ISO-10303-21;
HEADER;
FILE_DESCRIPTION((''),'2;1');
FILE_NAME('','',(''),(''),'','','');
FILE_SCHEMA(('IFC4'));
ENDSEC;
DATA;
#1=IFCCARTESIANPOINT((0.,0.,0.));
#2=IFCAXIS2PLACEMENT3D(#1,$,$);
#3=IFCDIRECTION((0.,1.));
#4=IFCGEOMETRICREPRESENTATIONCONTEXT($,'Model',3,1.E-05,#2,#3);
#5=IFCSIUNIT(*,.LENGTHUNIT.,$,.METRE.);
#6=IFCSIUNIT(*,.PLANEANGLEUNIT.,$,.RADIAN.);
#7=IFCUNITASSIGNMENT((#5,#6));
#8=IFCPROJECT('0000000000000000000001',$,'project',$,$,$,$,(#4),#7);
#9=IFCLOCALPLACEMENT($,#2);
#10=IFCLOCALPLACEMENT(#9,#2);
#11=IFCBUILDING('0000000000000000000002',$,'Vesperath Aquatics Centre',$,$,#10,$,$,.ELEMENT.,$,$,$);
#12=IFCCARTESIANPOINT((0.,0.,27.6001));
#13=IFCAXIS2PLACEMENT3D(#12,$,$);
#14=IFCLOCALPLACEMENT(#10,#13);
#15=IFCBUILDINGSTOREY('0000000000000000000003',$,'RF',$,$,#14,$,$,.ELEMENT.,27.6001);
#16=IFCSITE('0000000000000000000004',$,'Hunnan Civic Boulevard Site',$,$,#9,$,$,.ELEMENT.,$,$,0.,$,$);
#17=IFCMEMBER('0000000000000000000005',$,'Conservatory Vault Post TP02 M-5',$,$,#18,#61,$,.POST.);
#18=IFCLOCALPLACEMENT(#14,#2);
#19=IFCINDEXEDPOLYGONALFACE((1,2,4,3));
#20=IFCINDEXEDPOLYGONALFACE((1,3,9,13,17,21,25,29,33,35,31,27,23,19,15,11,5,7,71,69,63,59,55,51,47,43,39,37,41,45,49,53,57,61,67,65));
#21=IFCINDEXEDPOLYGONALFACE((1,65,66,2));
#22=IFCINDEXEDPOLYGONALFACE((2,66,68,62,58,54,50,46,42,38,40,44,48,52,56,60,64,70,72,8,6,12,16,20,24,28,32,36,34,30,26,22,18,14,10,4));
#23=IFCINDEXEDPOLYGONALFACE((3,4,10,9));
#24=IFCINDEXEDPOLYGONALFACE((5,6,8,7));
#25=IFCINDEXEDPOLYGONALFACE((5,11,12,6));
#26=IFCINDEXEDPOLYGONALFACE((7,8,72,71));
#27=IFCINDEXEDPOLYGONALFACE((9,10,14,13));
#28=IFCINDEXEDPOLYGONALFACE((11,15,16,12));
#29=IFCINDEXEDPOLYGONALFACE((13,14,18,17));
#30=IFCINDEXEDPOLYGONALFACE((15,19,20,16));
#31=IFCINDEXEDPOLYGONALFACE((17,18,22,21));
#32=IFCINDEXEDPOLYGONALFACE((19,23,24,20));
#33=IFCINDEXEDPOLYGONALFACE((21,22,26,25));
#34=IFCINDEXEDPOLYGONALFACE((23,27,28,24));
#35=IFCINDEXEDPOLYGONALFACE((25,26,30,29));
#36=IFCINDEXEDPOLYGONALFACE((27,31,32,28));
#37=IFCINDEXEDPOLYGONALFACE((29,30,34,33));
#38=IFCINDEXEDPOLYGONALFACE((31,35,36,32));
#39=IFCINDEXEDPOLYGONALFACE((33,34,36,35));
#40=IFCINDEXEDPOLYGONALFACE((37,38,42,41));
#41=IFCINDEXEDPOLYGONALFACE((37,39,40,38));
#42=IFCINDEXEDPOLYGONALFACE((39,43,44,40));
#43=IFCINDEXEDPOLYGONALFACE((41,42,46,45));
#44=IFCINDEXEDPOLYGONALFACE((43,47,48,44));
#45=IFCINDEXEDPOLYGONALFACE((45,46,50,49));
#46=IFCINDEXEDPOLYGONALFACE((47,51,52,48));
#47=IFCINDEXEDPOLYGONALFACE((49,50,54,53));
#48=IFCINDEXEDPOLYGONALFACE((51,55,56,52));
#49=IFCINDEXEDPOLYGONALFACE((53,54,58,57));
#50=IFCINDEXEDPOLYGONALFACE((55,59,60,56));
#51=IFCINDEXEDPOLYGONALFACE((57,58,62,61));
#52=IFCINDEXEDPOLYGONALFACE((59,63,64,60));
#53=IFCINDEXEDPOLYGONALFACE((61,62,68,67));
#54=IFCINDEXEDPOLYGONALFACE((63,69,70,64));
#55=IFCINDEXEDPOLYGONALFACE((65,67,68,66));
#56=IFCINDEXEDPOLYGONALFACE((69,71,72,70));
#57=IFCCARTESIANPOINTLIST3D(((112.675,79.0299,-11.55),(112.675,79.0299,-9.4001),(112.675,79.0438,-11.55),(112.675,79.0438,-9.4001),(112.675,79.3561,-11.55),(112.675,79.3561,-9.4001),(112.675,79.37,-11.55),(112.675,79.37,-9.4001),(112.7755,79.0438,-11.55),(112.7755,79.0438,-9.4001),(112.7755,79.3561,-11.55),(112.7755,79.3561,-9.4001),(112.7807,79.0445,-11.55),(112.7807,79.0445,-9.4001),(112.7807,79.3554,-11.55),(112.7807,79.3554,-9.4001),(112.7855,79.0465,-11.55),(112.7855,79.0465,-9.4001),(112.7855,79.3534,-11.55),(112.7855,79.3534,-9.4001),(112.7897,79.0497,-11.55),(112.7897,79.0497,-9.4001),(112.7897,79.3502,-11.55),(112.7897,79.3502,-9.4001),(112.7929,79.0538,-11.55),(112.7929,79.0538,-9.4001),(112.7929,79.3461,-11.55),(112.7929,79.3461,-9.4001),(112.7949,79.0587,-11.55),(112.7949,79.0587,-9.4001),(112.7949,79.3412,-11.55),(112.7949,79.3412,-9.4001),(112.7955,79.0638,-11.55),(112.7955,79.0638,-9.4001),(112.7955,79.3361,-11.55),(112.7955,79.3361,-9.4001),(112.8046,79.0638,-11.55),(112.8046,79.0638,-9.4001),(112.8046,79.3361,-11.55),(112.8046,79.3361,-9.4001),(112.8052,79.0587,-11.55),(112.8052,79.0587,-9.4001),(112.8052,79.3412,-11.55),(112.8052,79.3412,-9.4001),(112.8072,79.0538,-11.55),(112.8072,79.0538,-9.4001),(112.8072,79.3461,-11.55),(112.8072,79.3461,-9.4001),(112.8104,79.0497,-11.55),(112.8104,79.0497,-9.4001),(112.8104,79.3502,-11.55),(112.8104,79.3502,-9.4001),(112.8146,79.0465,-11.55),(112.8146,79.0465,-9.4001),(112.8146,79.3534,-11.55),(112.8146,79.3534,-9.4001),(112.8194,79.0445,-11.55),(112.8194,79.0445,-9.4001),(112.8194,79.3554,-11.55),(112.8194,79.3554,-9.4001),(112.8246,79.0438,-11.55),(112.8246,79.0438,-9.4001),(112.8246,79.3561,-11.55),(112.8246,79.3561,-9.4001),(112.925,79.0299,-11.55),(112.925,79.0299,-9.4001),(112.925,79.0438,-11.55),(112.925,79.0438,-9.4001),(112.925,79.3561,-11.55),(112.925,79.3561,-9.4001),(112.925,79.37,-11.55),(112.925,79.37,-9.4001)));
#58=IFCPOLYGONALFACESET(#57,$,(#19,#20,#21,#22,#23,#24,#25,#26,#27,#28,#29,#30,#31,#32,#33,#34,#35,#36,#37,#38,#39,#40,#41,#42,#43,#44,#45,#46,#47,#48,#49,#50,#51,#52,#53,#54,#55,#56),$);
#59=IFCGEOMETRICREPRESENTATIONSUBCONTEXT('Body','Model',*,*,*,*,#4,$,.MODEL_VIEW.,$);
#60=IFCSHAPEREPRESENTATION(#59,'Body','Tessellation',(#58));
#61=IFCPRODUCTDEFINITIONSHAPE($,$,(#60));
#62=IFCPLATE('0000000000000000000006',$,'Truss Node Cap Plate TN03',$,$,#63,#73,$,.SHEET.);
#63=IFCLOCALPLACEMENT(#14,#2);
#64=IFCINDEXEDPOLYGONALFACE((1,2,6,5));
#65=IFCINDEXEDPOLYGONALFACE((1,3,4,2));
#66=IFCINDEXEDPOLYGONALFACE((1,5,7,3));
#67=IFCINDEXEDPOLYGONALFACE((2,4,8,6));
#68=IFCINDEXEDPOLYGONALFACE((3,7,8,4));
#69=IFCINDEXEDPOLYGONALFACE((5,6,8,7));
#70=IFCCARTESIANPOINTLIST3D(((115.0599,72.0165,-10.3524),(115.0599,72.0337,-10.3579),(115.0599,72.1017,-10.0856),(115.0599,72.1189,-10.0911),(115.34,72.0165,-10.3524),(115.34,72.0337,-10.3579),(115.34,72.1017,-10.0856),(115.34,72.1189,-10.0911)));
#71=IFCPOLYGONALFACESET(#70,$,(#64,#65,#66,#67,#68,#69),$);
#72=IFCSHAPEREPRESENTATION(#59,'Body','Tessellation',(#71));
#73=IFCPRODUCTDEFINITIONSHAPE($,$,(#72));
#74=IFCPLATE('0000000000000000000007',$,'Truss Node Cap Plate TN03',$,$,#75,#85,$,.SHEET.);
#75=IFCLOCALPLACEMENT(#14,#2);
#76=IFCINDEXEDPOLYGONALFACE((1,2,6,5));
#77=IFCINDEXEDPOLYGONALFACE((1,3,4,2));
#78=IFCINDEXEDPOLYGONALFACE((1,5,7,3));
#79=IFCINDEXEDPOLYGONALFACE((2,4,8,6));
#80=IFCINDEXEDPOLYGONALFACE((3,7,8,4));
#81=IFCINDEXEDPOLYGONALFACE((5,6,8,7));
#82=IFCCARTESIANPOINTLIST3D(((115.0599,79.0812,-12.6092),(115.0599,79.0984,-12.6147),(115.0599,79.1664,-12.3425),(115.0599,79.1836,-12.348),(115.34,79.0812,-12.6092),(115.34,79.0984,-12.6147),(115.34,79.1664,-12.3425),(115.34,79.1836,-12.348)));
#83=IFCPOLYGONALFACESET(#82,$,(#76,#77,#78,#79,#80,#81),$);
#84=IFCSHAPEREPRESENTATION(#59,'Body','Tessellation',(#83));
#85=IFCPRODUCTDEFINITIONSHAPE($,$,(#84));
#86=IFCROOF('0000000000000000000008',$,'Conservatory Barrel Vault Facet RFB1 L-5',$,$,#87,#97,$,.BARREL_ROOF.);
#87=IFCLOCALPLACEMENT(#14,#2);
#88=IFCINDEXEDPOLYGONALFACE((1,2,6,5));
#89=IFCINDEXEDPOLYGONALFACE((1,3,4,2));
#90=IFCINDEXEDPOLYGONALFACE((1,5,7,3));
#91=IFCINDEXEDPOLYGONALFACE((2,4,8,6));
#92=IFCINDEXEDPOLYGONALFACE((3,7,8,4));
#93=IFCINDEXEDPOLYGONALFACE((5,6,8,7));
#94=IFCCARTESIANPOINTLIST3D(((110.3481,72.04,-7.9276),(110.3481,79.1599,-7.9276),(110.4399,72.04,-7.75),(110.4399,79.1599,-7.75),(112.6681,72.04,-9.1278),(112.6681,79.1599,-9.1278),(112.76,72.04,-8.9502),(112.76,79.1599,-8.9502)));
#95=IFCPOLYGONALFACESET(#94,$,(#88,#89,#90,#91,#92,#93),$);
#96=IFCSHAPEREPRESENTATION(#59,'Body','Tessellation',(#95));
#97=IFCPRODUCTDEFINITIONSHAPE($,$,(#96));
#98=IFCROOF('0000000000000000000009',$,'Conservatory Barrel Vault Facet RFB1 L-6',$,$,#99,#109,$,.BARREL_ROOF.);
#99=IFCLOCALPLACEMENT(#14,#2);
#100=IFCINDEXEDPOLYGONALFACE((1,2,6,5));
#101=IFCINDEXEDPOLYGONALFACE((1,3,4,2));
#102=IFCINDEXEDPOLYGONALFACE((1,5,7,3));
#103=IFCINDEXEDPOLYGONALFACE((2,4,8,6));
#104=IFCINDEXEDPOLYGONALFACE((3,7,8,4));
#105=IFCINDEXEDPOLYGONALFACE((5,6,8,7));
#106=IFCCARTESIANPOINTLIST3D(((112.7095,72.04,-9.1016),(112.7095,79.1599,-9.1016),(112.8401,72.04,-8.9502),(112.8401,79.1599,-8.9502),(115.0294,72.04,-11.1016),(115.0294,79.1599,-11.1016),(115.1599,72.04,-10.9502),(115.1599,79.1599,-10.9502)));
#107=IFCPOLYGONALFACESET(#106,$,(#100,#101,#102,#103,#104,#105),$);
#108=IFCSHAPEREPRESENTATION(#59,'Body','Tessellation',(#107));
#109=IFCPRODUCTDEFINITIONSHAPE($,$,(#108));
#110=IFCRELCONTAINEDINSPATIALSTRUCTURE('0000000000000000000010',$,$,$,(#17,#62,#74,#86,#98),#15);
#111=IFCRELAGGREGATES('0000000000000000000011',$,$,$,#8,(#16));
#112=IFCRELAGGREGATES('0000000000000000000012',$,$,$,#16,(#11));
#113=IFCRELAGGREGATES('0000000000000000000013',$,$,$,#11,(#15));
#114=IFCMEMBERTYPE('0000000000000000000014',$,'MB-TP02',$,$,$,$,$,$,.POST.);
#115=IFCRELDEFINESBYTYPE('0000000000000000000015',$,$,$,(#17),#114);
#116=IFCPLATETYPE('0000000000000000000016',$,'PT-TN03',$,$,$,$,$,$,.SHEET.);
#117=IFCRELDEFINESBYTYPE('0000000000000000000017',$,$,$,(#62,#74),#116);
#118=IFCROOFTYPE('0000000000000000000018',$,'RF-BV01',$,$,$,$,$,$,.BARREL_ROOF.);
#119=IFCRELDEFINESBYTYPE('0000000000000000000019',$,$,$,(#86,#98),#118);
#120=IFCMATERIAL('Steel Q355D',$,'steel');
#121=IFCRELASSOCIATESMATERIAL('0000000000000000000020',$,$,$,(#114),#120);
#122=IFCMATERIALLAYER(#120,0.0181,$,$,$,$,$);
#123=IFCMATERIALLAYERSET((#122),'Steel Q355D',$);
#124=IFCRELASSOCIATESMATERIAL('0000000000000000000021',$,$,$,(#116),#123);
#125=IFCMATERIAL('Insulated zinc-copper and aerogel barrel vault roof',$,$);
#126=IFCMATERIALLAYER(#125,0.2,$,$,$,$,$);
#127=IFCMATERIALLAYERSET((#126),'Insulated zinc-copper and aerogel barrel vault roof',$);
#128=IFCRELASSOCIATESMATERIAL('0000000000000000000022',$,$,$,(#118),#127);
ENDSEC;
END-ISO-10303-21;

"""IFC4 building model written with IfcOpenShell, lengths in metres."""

from ifc_helpers import new_model, si_unit, direction, frame, origin, origin_2d, place, context, subcontext, project, spatial, polyline, rectangle, i_section, outline, extrude, material, layer, layer_set, material_profile, profile_set, type_object, element, save


model = new_model("IFC4")

# Units and contexts
model_context = context("Model", 3, precision=1e-05, world=origin(), true_north=direction((0.0, 1.0)))
body_context = subcontext(model_context, "Body", "Model", "MODEL_VIEW")
ifc_project = project(units=[si_unit("LENGTHUNIT", "METRE"), si_unit("PLANEANGLEUNIT", "RADIAN")], contexts=[model_context])

# Site, building, storey
site_placement = place(None, origin())
site = spatial("IfcSite", under=ifc_project, at=site_placement, Name="Hunnan Civic Boulevard Site", CompositionType="ELEMENT", RefElevation=0.0)
building_placement = place(site_placement, origin())
building = spatial("IfcBuilding", under=site, at=building_placement, Name="Vesperath Aquatics Centre", CompositionType="ELEMENT")
storey_placement = place(building_placement, frame((0.0, 0.0, 27.6001)))
storey = spatial("IfcBuildingStorey", under=building, at=storey_placement, Name="RF", CompositionType="ELEMENT", Elevation=27.6001)

# Member
ifc_material_1 = material(Name="Steel Q355D", Category="steel")
ifc_material_profile_1 = material_profile(ifc_material_1, i_section(OverallWidth=0.25, OverallDepth=0.3401, WebThickness=0.009, FlangeThickness=0.0139, FilletRadius=0.02, at=origin_2d()), Name="HM 340x250x9x14")
ifc_profile_set_1 = profile_set([ifc_material_profile_1], Name="Steel Q355D")
member_type_1 = type_object("IfcMemberType", Name="MB-TP02", PredefinedType="POST", material=ifc_profile_set_1)
member_1_placement = place(storey_placement, frame((112.8, 79.2, -11.55), z_axis=(0.0, 0.0, 1.0), x_axis=(1.0, 0.0, 0.0)))
element("IfcMember", 1, at=member_1_placement, inside=storey, type_object=member_type_1, Name="Conservatory Vault Post TP02 M-5", PredefinedType="POST", context=body_context, shape_type="SweptSolid", body=[
    extrude(i_section(OverallWidth=0.25, OverallDepth=0.3401, WebThickness=0.009, FlangeThickness=0.0139, FilletRadius=0.02, at=origin_2d()), origin(), (0.0, 0.0, 1.0), 2.1499),
])

# Plates
ifc_layer_1 = layer(ifc_material_1, 0.0181)
ifc_layer_set_1 = layer_set([ifc_layer_1], Name="Steel Q355D")
plate_type = type_object("IfcPlateType", Name="PT-TN03", PredefinedType="SHEET", material=ifc_layer_set_1)
for number, where, z_axis, x_axis, name in (
    (2, (115.2, 72.0591, -10.219), (0.0, 0.952578, -0.304296), (-1.0, 0.0, 0.0), "Truss Node Cap Plate TN03"),
    (3, (115.2, 79.1238, -12.4758), (0.0, 0.952578, -0.304296), (-1.0, 0.0, 0.0), "Truss Node Cap Plate TN03"),
):
    element("IfcPlate", number, at=place(storey_placement, frame(where, z_axis=z_axis, x_axis=x_axis)), inside=storey, type_object=plate_type, Name=name, PredefinedType="SHEET", context=body_context, shape_type="SweptSolid", body=[
        extrude(rectangle(XDim=0.28, YDim=0.28, at=origin_2d()), origin(), (0.0, 0.0, 1.0), 0.0181),
    ])

# Roofs
ifc_material_2 = material(Name="Insulated zinc-copper and aerogel barrel vault roof")
ifc_layer_2 = layer(ifc_material_2, 0.2)
ifc_layer_set_2 = layer_set([ifc_layer_2], Name="Insulated zinc-copper and aerogel barrel vault roof")
roof_type = type_object("IfcRoofType", Name="RF-BV01", PredefinedType="BARREL_ROOF", material=ifc_layer_set_2)
roof_1_placement = place(storey_placement, frame((110.4399, 72.04, -7.75), z_axis=(0.459471, 0.0, 0.888193), x_axis=(0.888193, 0.0, -0.459471)))
element("IfcRoof", 4, at=roof_1_placement, inside=storey, type_object=roof_type, Name="Conservatory Barrel Vault Facet RFB1 L-5", PredefinedType="BARREL_ROOF", context=body_context, shape_type="SweptSolid", body=[
    extrude(outline(polyline([(0.0, 0.0), (2.6121, 0.0), (2.6121, 7.1199), (0.0, 7.1199), (0.0, 0.0)])), origin(), (0.0, 0.0, -1.0), 0.2),
])
roof_2_placement = place(storey_placement, frame((112.8401, 72.04, -8.9502), z_axis=(0.652968, 0.0, 0.757385), x_axis=(0.757385, 0.0, -0.652968)))
element("IfcRoof", 5, at=roof_2_placement, inside=storey, type_object=roof_type, Name="Conservatory Barrel Vault Facet RFB1 L-6", PredefinedType="BARREL_ROOF", context=body_context, shape_type="SweptSolid", body=[
    extrude(outline(polyline([(0.0, 0.0), (3.0629, 0.0), (3.0629, 7.1199), (0.0, 7.1199), (0.0, 0.0)])), origin(), (0.0, 0.0, -1.0), 0.2),
])

save(model, "model.ifc")
